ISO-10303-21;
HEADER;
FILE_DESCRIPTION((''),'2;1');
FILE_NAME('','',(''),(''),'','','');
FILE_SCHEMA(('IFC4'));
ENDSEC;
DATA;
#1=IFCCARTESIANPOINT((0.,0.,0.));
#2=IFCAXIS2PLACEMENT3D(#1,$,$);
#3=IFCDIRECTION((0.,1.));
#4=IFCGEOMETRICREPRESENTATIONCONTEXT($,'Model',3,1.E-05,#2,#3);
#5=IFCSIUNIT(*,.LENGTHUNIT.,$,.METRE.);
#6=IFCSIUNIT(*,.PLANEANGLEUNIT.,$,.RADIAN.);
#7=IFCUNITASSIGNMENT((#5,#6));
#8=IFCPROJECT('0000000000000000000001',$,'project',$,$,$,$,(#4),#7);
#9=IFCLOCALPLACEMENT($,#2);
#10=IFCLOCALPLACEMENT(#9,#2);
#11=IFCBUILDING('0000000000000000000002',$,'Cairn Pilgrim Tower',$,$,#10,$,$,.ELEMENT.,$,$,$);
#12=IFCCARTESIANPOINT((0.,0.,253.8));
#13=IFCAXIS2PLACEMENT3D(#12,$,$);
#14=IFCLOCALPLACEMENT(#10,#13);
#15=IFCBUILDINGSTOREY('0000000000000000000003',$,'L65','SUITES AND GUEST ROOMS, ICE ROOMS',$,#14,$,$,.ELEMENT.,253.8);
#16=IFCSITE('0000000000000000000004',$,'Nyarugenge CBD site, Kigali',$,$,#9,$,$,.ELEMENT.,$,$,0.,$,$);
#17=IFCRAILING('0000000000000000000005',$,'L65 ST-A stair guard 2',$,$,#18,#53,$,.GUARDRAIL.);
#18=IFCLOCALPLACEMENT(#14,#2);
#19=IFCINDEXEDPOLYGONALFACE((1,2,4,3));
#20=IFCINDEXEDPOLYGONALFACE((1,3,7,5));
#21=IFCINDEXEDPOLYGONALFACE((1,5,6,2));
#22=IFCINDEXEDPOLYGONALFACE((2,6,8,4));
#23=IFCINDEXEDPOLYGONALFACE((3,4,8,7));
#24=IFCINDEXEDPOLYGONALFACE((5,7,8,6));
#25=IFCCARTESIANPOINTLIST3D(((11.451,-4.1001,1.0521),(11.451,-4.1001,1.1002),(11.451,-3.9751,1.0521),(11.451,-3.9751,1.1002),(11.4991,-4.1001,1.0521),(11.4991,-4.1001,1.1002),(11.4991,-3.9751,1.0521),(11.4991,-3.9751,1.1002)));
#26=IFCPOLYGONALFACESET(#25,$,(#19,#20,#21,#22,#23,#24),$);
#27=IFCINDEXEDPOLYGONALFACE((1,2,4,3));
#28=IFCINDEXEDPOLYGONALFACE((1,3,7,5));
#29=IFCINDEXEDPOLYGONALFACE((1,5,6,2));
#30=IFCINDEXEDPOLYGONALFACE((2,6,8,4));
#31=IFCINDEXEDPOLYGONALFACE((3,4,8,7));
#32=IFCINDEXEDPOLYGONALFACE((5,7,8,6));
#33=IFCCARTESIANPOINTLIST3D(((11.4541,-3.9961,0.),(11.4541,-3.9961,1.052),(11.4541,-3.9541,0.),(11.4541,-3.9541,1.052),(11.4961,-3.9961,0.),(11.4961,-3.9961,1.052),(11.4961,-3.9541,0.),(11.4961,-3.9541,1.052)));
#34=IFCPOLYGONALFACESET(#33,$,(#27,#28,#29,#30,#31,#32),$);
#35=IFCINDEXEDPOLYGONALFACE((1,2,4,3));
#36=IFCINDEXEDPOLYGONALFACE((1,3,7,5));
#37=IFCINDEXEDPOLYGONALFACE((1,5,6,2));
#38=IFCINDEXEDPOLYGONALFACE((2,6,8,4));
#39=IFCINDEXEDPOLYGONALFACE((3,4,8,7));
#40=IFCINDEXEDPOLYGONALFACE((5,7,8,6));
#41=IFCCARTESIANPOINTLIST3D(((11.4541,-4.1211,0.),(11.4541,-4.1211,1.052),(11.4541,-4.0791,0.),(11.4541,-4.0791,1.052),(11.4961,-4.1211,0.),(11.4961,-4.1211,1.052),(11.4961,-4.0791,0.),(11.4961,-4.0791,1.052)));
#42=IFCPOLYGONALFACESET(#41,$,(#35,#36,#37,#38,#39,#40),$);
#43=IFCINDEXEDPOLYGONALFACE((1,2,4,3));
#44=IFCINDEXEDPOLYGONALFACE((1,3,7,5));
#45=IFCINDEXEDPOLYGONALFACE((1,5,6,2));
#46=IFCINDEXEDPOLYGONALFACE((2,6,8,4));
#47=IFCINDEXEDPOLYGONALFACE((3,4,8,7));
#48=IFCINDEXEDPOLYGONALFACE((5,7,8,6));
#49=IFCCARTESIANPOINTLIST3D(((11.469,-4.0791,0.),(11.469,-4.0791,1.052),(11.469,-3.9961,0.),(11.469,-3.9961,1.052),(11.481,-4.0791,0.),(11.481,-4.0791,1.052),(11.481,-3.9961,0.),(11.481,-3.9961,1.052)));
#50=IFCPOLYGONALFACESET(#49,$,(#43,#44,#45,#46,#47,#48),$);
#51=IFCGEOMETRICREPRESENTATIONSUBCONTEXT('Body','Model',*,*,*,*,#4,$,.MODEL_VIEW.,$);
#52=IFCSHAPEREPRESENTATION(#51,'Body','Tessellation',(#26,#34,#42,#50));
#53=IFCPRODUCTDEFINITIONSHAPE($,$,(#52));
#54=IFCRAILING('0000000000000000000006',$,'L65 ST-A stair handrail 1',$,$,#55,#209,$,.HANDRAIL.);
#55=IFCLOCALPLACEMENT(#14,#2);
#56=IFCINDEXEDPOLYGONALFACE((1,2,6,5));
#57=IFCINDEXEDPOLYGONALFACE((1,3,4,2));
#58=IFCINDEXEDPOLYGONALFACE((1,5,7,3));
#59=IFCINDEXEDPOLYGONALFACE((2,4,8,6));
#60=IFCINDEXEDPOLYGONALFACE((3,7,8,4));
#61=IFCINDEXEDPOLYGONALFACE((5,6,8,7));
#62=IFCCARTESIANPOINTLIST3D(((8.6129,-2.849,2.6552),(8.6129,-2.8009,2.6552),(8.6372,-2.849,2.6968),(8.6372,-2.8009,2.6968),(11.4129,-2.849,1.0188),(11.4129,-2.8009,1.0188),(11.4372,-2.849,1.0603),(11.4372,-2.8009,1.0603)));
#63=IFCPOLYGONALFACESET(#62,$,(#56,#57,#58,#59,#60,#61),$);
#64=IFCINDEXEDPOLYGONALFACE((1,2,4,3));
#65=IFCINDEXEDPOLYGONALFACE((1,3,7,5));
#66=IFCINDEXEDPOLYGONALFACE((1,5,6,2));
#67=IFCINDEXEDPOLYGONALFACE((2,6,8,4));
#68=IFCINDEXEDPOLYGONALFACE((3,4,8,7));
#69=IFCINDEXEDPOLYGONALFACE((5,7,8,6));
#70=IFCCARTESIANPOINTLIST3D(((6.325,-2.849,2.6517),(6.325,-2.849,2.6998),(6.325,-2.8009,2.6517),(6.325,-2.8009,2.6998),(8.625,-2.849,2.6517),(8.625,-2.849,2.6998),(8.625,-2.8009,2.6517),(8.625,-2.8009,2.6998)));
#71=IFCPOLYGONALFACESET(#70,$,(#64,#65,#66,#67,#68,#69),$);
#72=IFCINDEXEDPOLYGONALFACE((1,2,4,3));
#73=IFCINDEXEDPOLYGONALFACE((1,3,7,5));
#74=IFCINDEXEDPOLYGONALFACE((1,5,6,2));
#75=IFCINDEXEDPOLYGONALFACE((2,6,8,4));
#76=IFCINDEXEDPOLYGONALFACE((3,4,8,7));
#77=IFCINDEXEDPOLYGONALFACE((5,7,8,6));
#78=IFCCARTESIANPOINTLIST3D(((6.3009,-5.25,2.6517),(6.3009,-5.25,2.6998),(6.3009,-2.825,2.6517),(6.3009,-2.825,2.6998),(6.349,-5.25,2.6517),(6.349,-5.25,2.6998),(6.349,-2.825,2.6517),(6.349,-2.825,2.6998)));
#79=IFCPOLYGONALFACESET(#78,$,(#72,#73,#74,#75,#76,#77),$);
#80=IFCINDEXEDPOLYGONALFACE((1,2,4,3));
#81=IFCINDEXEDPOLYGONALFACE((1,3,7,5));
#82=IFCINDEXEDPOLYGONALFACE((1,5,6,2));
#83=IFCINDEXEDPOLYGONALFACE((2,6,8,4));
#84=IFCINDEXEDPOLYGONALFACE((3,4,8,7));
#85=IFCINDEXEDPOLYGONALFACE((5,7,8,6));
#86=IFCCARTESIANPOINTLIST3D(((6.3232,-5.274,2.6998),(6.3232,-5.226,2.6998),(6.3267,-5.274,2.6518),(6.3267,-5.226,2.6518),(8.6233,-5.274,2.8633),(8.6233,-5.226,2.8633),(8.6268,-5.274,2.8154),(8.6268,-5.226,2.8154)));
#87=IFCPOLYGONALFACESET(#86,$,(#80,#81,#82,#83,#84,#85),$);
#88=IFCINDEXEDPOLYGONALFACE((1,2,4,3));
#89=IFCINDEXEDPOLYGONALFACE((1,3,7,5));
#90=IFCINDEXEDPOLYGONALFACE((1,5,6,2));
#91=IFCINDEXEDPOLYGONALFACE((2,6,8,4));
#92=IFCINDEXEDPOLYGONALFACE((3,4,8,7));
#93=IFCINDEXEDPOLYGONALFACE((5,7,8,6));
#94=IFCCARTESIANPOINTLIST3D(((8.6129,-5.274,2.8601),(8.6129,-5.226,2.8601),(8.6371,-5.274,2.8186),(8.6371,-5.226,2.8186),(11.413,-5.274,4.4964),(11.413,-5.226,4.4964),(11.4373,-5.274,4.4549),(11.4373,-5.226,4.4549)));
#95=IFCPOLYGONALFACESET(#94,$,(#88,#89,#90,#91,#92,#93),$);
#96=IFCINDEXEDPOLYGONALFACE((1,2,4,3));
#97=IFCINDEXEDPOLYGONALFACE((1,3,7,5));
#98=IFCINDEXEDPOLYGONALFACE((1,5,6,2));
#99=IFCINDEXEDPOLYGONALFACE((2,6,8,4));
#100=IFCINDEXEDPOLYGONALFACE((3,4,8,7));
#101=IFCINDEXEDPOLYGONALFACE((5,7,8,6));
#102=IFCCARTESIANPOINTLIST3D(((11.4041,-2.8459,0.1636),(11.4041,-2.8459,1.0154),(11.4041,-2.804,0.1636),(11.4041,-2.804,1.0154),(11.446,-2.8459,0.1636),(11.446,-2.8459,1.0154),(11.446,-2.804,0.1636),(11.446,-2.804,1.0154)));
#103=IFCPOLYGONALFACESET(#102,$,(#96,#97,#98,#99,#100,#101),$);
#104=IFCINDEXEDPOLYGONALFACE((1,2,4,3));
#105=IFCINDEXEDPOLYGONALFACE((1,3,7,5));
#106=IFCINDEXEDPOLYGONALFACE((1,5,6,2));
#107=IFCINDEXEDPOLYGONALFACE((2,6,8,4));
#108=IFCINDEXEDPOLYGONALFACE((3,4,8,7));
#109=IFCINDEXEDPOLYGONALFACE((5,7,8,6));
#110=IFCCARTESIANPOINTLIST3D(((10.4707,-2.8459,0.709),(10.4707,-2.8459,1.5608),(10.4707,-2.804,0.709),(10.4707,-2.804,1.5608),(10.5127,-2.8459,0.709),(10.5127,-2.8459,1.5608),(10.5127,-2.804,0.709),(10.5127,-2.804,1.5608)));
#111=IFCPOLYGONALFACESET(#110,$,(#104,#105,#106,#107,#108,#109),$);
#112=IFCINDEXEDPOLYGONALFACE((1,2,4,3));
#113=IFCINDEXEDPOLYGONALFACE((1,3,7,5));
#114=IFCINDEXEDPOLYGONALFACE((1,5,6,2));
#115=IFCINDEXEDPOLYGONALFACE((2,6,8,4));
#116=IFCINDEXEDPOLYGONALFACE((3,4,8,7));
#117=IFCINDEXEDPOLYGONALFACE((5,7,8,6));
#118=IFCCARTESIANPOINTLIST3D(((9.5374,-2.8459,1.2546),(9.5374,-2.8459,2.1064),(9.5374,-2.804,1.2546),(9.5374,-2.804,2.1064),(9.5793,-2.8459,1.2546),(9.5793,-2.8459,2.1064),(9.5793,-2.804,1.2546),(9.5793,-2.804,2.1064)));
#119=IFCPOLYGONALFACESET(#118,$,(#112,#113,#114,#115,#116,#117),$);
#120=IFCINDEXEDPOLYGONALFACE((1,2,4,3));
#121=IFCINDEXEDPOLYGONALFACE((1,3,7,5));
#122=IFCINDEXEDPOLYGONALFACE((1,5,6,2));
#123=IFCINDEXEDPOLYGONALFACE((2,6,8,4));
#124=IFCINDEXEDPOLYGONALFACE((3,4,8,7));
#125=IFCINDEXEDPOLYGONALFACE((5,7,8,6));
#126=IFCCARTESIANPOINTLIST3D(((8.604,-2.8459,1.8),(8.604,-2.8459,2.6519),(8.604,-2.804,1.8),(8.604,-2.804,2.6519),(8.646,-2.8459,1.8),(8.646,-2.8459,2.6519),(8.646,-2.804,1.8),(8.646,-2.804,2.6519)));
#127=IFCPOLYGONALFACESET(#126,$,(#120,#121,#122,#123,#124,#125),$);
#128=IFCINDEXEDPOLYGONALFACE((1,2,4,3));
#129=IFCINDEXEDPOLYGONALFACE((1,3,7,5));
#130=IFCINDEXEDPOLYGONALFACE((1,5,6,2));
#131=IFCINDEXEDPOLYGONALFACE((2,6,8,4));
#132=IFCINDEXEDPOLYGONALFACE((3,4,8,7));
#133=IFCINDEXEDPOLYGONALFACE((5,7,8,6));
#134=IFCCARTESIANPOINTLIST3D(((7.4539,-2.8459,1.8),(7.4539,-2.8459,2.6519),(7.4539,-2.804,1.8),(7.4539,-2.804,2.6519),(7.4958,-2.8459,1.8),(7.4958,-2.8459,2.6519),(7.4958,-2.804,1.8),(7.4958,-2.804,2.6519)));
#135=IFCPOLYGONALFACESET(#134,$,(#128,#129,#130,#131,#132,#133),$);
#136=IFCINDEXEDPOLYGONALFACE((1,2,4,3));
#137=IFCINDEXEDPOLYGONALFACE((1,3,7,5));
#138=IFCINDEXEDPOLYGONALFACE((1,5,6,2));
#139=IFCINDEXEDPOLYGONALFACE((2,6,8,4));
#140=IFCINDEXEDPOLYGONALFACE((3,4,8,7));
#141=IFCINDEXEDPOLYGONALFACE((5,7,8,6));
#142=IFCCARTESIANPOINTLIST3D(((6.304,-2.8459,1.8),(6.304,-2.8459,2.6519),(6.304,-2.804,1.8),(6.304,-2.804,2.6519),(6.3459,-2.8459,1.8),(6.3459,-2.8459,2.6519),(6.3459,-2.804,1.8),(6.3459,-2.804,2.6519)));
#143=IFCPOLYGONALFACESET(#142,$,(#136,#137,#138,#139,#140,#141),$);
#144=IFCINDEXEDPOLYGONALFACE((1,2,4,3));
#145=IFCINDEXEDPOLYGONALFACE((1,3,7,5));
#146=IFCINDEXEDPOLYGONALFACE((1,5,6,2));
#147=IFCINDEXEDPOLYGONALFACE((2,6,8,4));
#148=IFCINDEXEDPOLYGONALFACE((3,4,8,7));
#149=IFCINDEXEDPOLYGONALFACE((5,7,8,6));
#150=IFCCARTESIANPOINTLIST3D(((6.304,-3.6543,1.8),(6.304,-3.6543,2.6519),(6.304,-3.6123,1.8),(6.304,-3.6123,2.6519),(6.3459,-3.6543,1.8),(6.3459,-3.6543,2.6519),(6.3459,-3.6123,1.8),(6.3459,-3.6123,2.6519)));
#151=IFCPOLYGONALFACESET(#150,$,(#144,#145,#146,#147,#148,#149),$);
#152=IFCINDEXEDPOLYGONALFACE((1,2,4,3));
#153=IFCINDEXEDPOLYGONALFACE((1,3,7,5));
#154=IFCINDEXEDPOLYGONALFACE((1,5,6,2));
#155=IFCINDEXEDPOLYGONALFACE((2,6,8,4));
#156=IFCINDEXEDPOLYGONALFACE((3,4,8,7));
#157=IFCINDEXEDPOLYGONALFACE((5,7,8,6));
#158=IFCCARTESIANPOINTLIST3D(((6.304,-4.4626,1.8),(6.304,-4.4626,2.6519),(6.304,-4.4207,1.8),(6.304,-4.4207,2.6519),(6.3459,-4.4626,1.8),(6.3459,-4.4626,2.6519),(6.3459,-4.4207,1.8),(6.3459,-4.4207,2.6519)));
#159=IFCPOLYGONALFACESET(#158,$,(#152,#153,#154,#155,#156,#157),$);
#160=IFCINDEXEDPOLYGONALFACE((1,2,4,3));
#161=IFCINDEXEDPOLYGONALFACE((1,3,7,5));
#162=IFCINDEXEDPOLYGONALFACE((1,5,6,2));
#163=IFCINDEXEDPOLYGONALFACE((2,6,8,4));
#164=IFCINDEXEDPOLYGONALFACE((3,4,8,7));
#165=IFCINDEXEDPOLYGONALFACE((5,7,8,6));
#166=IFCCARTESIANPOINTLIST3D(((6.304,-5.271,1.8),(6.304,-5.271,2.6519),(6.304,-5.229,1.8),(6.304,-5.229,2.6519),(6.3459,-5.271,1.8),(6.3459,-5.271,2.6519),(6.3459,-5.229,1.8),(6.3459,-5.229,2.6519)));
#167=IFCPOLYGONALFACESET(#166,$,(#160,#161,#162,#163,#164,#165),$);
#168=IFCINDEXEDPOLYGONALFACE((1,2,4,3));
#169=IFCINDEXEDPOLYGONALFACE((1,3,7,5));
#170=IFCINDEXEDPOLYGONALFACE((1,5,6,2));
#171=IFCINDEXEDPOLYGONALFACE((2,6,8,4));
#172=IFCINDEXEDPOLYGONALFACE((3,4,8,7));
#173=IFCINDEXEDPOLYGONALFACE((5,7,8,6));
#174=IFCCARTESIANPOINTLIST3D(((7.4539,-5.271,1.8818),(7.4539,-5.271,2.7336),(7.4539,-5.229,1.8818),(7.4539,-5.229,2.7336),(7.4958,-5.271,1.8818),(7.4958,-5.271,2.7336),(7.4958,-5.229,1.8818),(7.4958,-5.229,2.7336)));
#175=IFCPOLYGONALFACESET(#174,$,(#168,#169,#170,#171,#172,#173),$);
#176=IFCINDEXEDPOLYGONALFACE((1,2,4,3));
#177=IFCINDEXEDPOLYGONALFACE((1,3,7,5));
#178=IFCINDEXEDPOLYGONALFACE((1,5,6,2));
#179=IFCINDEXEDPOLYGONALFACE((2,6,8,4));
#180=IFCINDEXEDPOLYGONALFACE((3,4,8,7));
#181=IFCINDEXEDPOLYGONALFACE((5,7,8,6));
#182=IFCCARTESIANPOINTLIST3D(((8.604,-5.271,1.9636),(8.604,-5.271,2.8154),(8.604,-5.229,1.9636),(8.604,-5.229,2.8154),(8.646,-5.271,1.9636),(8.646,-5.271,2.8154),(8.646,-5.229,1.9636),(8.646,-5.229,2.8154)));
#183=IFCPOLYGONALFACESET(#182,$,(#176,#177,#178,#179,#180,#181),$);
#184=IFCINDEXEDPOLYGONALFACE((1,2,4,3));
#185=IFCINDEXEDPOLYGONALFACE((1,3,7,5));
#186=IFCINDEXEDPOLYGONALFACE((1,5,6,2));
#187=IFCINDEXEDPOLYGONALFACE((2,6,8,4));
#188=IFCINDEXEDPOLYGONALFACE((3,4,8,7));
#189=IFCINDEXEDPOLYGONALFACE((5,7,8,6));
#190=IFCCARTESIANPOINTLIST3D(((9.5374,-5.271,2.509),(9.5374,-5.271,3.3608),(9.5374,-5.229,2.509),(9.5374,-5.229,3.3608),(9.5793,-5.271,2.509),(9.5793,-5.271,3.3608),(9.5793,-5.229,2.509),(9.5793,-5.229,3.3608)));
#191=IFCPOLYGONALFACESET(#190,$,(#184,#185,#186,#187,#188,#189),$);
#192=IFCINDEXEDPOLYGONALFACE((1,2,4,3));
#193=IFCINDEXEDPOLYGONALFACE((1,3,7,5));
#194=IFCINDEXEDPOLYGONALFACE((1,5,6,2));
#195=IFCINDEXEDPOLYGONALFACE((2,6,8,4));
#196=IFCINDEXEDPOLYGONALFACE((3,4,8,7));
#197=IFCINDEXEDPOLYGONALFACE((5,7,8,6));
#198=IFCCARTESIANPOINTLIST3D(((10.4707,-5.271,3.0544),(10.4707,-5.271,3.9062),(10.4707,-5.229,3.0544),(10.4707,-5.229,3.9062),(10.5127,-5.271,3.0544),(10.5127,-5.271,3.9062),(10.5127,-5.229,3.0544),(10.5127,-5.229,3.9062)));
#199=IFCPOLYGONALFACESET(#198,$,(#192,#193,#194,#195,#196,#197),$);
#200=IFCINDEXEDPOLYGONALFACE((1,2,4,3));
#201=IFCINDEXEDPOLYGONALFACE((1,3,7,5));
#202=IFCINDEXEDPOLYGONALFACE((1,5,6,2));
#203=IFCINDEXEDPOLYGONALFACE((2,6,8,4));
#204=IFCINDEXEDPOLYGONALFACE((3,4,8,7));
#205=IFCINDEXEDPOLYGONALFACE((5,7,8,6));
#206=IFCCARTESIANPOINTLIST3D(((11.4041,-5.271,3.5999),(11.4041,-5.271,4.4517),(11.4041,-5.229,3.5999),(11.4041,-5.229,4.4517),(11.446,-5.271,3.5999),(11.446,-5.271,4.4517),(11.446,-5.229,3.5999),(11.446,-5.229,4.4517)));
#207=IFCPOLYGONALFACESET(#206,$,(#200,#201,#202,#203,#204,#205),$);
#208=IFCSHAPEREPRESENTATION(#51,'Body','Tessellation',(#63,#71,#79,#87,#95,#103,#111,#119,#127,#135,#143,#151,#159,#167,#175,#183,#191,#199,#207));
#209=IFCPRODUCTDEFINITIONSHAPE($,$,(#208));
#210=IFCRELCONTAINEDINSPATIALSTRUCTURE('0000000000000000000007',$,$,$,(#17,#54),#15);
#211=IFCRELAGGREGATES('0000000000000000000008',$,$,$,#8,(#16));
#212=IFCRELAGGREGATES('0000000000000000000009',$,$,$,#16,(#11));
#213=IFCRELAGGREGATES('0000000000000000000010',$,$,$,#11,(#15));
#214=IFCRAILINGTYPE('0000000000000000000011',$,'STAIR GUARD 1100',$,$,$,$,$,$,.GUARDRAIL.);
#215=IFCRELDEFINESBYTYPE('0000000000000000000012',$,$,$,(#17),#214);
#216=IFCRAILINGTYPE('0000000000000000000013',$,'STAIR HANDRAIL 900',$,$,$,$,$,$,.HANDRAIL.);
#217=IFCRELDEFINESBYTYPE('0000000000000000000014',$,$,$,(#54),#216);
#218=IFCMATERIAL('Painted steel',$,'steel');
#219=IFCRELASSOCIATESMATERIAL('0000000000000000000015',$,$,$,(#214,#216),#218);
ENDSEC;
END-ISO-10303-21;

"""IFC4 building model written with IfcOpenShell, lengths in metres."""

from ifc_helpers import new_model, si_unit, direction, frame, origin, origin_2d, place, context, subcontext, project, spatial, polyline, rectangle, outline, extrude, material, type_object, element, save


model = new_model("IFC4")

# Units and contexts
model_context = context("Model", 3, precision=1e-05, world=origin(), true_north=direction((0.0, 1.0)))
body_context = subcontext(model_context, "Body", "Model", "MODEL_VIEW")
ifc_project = project(units=[si_unit("LENGTHUNIT", "METRE"), si_unit("PLANEANGLEUNIT", "RADIAN")], contexts=[model_context])

# Site, building, storey
site_placement = place(None, origin())
site = spatial("IfcSite", under=ifc_project, at=site_placement, Name="Nyarugenge CBD site, Kigali", CompositionType="ELEMENT", RefElevation=0.0)
building_placement = place(site_placement, origin())
building = spatial("IfcBuilding", under=site, at=building_placement, Name="Cairn Pilgrim Tower", CompositionType="ELEMENT")
storey_placement = place(building_placement, frame((0.0, 0.0, 253.8)))
storey = spatial("IfcBuildingStorey", under=building, at=storey_placement, Name="L65", Description="SUITES AND GUEST ROOMS, ICE ROOMS", CompositionType="ELEMENT", Elevation=253.8)

# Shared definitions
ifc_material_1 = material(Name="Painted steel", Category="steel")

# Railings
railing_type_1 = type_object("IfcRailingType", Name="STAIR GUARD 1100", PredefinedType="GUARDRAIL", material=ifc_material_1)
railing_1_placement = place(storey_placement, frame((11.4751, -3.9751, 0.0)))
element("IfcRailing", 1, at=railing_1_placement, inside=storey, type_object=railing_type_1, Name="L65 ST-A stair guard 2", PredefinedType="GUARDRAIL", context=body_context, shape_type="SweptSolid", body=[
    extrude(rectangle(XDim=0.0481, YDim=0.0481, at=origin_2d()), frame((0.0, 0.0, 1.0762), z_axis=(0.0, -1.0, 0.0), x_axis=(1.0, 0.0, 0.0)), (0.0, 0.0, 1.0), 0.125),
    extrude(rectangle(XDim=0.042, YDim=0.042, at=origin_2d()), origin(), (0.0, 0.0, 1.0), 1.052),
    extrude(rectangle(XDim=0.042, YDim=0.042, at=origin_2d()), frame((0.0, -0.125, 0.0)), (0.0, 0.0, 1.0), 1.052),
    extrude(outline(polyline([(0.021, 0.0), (0.104, 0.0), (0.104, 1.052), (0.021, 1.052), (0.021, 0.0)])), frame((0.0059, 0.0, 0.0), z_axis=(-1.0, 0.0, 0.0), x_axis=(0.0, -1.0, 0.0)), (0.0, 0.0, 1.0), 0.012),
])
railing_type_2 = type_object("IfcRailingType", Name="STAIR HANDRAIL 900", PredefinedType="HANDRAIL", material=ifc_material_1)
railing_2_placement = place(storey_placement, frame((11.425, -2.825, 0.1636)))
element("IfcRailing", 2, at=railing_2_placement, inside=storey, type_object=railing_type_2, Name="L65 ST-A stair handrail 1", PredefinedType="HANDRAIL", context=body_context, shape_type="SweptSolid", body=[
    extrude(rectangle(XDim=0.0481, YDim=0.0481, at=origin_2d()), frame((0.0, 0.0, 0.876), z_axis=(-0.863361, 0.0, 0.504587), x_axis=(0.0, -1.0, 0.0)), (0.0, 0.0, 1.0), 3.2432),
    extrude(rectangle(XDim=0.0481, YDim=0.0481, at=origin_2d()), frame((-2.8, 0.0, 2.5122), z_axis=(-1.0, 0.0, 0.0), x_axis=(0.0, -1.0, 0.0)), (0.0, 0.0, 1.0), 2.3),
    extrude(rectangle(XDim=0.0481, YDim=0.0481, at=origin_2d()), frame((-5.1001, 0.0, 2.5122), z_axis=(0.0, -1.0, 0.0), x_axis=(1.0, 0.0, 0.0)), (0.0, 0.0, 1.0), 2.425),
    extrude(rectangle(XDim=0.0481, YDim=0.0481, at=origin_2d()), frame((-5.1001, -2.425, 2.5122), z_axis=(0.997481, 0.0, 0.070939), x_axis=(0.0, 1.0, 0.0)), (0.0, 0.0, 1.0), 2.3059),
    extrude(rectangle(XDim=0.0481, YDim=0.0481, at=origin_2d()), frame((-2.8, -2.425, 2.6758), z_axis=(0.863394, 0.0, 0.504531), x_axis=(0.0, 1.0, 0.0)), (0.0, 0.0, 1.0), 3.2432),
    extrude(rectangle(XDim=0.042, YDim=0.042, at=origin_2d()), origin(), (0.0, 0.0, 1.0), 0.8518),
    extrude(rectangle(XDim=0.042, YDim=0.042, at=origin_2d()), frame((-0.9333, 0.0, 0.5454)), (0.0, 0.0, 1.0), 0.8518),
    extrude(rectangle(XDim=0.042, YDim=0.042, at=origin_2d()), frame((-1.8667, 0.0, 1.0911)), (0.0, 0.0, 1.0), 0.8518),
    extrude(rectangle(XDim=0.042, YDim=0.042, at=origin_2d()), frame((-2.8, 0.0, 1.6365)), (0.0, 0.0, 1.0), 0.8518),
    extrude(rectangle(XDim=0.042, YDim=0.042, at=origin_2d()), frame((-3.9502, 0.0, 1.6365)), (0.0, 0.0, 1.0), 0.8518),
    extrude(rectangle(XDim=0.042, YDim=0.042, at=origin_2d()), frame((-5.1001, 0.0, 1.6365)), (0.0, 0.0, 1.0), 0.8518),
    extrude(rectangle(XDim=0.042, YDim=0.042, at=origin_2d()), frame((-5.1001, -0.8083, 1.6365)), (0.0, 0.0, 1.0), 0.8518),
    extrude(rectangle(XDim=0.042, YDim=0.042, at=origin_2d()), frame((-5.1001, -1.6167, 1.6365)), (0.0, 0.0, 1.0), 0.8518),
    extrude(rectangle(XDim=0.042, YDim=0.042, at=origin_2d()), frame((-5.1001, -2.425, 1.6365)), (0.0, 0.0, 1.0), 0.8518),
    extrude(rectangle(XDim=0.042, YDim=0.042, at=origin_2d()), frame((-3.9502, -2.425, 1.7183)), (0.0, 0.0, 1.0), 0.8518),
    extrude(rectangle(XDim=0.042, YDim=0.042, at=origin_2d()), frame((-2.8, -2.425, 1.8)), (0.0, 0.0, 1.0), 0.8518),
    extrude(rectangle(XDim=0.042, YDim=0.042, at=origin_2d()), frame((-1.8667, -2.425, 2.3455)), (0.0, 0.0, 1.0), 0.8518),
    extrude(rectangle(XDim=0.042, YDim=0.042, at=origin_2d()), frame((-0.9333, -2.425, 2.8909)), (0.0, 0.0, 1.0), 0.8518),
    extrude(rectangle(XDim=0.042, YDim=0.042, at=origin_2d()), frame((0.0, -2.425, 3.4363)), (0.0, 0.0, 1.0), 0.8518),
])

save(model, "model.ifc")
